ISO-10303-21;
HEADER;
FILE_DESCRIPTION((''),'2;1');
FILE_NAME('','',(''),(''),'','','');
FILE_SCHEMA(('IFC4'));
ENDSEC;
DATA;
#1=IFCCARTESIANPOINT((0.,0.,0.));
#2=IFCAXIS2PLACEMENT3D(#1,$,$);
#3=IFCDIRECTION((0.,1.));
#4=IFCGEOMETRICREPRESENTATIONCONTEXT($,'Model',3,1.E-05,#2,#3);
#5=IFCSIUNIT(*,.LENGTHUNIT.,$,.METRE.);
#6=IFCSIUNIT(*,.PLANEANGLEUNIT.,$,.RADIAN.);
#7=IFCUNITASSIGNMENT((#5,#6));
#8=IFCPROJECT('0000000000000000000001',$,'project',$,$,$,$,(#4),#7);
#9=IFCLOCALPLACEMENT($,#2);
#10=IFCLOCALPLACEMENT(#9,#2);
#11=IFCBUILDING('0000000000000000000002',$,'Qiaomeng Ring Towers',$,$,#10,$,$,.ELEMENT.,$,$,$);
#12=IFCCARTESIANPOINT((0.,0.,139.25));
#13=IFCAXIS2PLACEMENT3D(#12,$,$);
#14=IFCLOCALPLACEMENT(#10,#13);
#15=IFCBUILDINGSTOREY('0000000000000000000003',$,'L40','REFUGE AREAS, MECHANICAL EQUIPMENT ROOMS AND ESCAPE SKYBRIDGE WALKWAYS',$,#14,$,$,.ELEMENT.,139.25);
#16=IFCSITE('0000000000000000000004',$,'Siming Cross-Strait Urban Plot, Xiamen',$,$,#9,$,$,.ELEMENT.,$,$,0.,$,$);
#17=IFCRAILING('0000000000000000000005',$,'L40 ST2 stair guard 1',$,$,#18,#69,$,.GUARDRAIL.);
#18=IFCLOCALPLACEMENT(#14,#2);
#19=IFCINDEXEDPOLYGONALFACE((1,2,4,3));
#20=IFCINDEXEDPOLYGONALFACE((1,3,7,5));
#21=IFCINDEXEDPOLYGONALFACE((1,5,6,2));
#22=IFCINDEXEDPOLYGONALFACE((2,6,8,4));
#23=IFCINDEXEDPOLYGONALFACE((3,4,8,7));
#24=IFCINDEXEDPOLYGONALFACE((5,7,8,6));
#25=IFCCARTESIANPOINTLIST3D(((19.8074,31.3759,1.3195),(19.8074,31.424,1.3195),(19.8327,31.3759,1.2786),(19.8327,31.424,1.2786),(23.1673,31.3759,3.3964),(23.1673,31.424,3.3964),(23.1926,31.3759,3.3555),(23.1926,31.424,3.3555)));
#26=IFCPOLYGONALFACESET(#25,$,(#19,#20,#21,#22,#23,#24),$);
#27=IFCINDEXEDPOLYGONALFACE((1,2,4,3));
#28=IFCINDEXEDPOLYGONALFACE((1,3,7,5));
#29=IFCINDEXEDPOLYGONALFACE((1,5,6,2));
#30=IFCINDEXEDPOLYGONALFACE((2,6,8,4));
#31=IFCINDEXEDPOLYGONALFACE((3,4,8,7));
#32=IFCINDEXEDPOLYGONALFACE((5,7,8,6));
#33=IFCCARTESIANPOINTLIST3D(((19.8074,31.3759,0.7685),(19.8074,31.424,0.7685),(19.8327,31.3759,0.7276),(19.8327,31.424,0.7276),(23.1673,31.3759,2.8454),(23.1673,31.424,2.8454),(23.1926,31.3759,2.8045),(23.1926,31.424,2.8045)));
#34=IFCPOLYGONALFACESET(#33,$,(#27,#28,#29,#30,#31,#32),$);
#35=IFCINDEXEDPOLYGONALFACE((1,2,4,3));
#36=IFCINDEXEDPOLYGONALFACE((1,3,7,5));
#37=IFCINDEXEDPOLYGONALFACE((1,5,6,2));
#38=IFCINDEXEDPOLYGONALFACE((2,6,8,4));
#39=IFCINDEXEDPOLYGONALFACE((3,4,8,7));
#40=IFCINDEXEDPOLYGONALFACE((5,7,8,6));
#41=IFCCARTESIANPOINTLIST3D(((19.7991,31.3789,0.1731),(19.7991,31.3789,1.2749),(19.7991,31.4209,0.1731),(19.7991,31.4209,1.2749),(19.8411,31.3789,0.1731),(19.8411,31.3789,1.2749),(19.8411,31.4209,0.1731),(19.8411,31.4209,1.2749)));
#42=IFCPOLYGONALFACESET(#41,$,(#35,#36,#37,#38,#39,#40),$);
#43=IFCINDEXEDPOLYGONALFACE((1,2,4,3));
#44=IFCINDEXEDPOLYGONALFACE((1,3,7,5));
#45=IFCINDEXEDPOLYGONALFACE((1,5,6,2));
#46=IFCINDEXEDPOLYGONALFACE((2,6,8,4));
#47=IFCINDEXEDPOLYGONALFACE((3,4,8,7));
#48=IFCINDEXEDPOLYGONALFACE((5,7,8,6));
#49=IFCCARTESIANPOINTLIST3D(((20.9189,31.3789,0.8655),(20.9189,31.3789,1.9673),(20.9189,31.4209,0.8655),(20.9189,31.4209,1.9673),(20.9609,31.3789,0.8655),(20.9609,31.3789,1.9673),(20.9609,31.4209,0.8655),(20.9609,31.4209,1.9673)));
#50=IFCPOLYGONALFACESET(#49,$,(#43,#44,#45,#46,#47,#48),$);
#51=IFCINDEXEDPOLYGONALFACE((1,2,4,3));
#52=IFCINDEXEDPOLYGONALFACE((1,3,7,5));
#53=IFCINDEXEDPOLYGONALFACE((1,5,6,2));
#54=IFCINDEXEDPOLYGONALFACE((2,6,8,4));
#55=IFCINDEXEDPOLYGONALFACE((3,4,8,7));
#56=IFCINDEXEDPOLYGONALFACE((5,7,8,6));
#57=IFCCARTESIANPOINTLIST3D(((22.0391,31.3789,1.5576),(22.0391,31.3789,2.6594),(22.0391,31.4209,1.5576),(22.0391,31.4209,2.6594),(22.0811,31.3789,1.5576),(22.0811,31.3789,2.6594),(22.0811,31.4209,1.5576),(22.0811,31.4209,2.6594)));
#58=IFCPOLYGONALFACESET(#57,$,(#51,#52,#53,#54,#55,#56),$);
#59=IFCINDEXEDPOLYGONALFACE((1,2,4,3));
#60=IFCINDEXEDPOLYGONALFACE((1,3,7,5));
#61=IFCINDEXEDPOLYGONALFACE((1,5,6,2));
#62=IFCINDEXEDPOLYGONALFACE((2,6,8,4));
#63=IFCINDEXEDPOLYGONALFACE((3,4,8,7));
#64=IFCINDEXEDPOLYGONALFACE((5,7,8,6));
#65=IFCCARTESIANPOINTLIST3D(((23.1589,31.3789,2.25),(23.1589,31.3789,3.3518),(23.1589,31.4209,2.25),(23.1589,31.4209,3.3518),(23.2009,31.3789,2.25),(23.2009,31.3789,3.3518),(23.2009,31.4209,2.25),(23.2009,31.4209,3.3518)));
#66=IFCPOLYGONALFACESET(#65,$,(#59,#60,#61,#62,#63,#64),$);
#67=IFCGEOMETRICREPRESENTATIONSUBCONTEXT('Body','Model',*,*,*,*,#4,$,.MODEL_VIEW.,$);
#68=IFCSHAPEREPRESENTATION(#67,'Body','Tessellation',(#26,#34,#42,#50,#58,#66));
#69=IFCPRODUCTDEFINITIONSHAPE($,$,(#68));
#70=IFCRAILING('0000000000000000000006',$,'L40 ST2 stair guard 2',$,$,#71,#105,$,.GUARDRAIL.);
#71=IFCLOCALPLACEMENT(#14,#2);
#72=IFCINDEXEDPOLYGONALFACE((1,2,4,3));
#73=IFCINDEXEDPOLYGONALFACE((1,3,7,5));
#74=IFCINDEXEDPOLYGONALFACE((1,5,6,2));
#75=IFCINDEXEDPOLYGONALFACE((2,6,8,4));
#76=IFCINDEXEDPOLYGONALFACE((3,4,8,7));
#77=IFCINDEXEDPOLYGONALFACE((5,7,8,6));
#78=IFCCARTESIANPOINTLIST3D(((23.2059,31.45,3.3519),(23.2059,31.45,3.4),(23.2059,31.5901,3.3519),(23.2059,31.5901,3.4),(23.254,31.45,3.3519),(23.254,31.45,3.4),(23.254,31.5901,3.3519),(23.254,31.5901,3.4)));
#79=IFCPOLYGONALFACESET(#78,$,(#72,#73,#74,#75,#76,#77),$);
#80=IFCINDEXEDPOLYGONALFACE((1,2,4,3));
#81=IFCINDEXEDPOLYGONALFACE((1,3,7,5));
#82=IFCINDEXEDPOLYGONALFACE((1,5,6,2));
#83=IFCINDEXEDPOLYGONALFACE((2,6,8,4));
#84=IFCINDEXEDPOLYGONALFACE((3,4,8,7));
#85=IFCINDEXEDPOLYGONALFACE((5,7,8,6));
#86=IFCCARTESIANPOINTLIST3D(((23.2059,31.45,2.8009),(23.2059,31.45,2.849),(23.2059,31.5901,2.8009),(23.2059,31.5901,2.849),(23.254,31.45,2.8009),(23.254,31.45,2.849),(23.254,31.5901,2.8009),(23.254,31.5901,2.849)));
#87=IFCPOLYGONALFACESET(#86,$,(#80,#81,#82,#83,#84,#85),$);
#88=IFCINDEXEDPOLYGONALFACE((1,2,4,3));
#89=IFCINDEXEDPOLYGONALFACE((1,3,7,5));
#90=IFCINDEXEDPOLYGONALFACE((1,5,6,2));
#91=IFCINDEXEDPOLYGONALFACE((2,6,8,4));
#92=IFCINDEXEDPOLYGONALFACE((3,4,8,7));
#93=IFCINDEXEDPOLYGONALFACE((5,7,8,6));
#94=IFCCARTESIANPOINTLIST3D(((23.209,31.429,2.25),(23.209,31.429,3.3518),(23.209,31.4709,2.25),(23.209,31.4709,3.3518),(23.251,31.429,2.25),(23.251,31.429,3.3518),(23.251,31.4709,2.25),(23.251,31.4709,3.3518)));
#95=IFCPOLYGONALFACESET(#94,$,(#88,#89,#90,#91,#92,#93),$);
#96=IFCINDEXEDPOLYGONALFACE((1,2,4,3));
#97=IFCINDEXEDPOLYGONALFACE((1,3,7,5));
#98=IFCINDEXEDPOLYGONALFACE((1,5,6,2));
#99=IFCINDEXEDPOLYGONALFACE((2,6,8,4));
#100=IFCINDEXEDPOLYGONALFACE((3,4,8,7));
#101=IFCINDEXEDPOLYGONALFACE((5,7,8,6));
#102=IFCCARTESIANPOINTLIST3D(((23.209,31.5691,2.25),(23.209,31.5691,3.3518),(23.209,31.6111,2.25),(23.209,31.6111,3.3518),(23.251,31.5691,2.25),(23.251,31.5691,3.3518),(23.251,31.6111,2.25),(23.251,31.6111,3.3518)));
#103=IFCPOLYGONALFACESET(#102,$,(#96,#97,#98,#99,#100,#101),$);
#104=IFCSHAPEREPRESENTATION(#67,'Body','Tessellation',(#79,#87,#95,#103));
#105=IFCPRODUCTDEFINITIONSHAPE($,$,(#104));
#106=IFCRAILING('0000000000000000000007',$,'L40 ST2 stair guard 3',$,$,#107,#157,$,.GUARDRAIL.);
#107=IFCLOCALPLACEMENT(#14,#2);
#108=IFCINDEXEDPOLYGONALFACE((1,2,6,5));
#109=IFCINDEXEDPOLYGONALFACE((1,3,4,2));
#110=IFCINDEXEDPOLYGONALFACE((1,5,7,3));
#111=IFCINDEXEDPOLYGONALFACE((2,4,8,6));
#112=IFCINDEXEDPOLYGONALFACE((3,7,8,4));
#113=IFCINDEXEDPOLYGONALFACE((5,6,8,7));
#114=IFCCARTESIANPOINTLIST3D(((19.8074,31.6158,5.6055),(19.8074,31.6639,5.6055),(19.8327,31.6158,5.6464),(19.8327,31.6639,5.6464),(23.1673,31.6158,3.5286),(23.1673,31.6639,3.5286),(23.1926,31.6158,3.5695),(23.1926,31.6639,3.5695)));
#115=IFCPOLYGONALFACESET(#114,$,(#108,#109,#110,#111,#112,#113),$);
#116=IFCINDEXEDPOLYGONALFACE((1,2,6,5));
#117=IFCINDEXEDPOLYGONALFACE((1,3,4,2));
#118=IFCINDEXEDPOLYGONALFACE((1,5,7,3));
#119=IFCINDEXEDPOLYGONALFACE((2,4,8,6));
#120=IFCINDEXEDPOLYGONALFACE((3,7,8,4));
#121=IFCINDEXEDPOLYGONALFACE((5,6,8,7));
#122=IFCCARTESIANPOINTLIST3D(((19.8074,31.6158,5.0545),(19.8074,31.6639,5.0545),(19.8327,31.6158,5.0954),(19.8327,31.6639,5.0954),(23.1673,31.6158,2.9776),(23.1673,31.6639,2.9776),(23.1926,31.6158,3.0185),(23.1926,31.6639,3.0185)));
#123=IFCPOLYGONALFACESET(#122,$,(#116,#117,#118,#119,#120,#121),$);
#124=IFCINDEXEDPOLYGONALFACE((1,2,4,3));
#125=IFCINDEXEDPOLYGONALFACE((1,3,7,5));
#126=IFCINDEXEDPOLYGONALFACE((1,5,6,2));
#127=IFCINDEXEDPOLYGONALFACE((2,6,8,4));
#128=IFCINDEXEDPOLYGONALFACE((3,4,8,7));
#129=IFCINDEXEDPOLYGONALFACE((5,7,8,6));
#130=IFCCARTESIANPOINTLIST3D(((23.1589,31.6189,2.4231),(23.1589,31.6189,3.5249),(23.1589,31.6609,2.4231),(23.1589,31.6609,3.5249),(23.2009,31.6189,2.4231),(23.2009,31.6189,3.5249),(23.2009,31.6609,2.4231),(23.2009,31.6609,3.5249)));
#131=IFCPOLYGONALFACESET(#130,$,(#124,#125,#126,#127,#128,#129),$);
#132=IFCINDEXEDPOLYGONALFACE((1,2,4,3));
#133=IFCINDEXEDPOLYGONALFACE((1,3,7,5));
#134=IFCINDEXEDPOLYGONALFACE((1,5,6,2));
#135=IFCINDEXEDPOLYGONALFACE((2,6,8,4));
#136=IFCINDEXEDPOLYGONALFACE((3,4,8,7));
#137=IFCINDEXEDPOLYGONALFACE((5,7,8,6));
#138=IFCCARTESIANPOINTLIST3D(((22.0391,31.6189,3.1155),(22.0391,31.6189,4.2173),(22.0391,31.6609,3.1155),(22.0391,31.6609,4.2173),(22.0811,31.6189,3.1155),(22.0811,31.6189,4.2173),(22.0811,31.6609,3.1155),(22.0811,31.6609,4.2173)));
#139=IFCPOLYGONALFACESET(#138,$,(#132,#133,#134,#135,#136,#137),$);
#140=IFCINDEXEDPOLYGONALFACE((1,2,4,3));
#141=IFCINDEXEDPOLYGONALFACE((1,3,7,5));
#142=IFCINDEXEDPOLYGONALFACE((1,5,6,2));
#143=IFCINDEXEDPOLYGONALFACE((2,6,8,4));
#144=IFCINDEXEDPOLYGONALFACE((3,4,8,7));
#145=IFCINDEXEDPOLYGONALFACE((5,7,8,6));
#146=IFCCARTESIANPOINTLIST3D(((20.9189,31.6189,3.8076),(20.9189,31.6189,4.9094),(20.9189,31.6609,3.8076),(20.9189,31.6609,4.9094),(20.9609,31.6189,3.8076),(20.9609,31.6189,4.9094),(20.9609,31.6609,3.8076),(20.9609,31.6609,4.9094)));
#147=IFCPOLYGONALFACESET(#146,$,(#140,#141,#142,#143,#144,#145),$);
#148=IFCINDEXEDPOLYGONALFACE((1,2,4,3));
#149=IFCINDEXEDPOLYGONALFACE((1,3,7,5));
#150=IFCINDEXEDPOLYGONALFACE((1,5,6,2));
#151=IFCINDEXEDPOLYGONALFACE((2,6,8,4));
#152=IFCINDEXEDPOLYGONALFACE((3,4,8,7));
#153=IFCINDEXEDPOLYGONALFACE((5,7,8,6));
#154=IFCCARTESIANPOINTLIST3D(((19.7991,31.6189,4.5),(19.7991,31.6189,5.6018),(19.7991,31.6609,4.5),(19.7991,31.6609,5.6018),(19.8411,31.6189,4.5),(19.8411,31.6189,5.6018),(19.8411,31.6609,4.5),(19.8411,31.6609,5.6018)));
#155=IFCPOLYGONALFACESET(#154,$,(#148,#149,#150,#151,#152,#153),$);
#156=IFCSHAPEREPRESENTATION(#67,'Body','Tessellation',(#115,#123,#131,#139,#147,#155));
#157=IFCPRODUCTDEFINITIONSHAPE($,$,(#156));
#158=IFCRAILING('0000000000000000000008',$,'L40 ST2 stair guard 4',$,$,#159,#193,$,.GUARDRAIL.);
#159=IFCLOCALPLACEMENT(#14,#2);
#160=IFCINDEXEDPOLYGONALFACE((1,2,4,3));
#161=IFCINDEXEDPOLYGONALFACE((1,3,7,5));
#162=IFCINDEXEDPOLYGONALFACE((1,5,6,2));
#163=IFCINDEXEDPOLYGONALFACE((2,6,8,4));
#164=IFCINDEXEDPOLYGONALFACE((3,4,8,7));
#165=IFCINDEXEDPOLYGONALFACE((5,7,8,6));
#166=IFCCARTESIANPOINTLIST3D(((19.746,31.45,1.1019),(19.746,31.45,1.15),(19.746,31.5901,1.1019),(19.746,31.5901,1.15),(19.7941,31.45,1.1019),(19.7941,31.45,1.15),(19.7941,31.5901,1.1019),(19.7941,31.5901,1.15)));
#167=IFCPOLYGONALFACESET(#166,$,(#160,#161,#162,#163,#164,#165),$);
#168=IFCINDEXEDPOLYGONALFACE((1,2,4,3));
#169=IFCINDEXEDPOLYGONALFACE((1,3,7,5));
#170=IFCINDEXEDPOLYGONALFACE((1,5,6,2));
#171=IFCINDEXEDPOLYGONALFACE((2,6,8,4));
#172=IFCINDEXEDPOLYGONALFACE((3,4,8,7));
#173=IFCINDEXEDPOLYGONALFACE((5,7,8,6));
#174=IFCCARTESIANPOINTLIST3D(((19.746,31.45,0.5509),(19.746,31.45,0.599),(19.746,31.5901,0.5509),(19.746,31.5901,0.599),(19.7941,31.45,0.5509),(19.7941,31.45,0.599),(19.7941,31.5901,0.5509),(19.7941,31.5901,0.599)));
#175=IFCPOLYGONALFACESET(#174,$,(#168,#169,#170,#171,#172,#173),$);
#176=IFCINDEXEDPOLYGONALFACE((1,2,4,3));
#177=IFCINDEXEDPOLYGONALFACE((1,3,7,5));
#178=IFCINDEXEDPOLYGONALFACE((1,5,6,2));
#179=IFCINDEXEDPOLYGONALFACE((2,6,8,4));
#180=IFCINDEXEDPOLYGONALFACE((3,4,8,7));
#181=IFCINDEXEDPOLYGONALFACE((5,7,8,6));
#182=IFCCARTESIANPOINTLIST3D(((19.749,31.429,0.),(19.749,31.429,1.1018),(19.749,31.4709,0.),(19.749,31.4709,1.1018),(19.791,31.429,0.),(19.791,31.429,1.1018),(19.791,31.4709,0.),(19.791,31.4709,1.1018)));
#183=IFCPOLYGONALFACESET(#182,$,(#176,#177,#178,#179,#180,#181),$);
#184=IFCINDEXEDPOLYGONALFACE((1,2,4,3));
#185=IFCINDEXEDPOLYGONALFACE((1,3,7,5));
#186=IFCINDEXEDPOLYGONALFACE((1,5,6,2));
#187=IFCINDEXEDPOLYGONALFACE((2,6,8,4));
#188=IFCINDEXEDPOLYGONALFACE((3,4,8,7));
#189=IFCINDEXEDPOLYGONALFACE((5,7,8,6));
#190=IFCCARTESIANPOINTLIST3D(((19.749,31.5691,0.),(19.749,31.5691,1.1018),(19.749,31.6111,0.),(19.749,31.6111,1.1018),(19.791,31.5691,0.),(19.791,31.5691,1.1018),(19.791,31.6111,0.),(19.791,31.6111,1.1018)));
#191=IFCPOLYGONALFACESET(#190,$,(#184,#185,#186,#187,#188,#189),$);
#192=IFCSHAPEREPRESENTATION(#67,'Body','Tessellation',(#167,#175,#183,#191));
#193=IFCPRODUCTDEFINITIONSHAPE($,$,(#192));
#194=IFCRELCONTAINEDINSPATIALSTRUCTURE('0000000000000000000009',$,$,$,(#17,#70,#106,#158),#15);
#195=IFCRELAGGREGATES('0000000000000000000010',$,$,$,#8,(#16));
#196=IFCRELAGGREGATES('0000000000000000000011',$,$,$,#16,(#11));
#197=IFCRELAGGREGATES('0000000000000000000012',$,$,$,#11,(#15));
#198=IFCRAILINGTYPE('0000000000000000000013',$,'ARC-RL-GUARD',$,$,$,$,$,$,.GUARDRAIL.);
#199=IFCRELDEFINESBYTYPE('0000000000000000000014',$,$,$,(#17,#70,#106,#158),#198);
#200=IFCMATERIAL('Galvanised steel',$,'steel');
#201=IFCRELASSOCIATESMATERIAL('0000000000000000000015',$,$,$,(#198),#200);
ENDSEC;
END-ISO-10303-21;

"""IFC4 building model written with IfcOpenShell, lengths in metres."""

from ifc_helpers import new_model, si_unit, direction, frame, origin, origin_2d, place, context, subcontext, project, spatial, rectangle, extrude, material, type_object, element, save


model = new_model("IFC4")

# Units and contexts
model_context = context("Model", 3, precision=1e-05, world=origin(), true_north=direction((0.0, 1.0)))
body_context = subcontext(model_context, "Body", "Model", "MODEL_VIEW")
ifc_project = project(units=[si_unit("LENGTHUNIT", "METRE"), si_unit("PLANEANGLEUNIT", "RADIAN")], contexts=[model_context])

# Site, building, storey
site_placement = place(None, origin())
site = spatial("IfcSite", under=ifc_project, at=site_placement, Name="Siming Cross-Strait Urban Plot, Xiamen", CompositionType="ELEMENT", RefElevation=0.0)
building_placement = place(site_placement, origin())
building = spatial("IfcBuilding", under=site, at=building_placement, Name="Qiaomeng Ring Towers", CompositionType="ELEMENT")
storey_placement = place(building_placement, frame((0.0, 0.0, 139.25)))
storey = spatial("IfcBuildingStorey", under=building, at=storey_placement, Name="L40", Description="REFUGE AREAS, MECHANICAL EQUIPMENT ROOMS AND ESCAPE SKYBRIDGE WALKWAYS", CompositionType="ELEMENT", Elevation=139.25)

# Shared definitions
ifc_material_1 = material(Name="Galvanised steel", Category="steel")

# Railings
railing_type_1 = type_object("IfcRailingType", Name="ARC-RL-GUARD", PredefinedType="GUARDRAIL", material=ifc_material_1)
railing_1_placement = place(storey_placement, frame((19.8201, 31.3999, 0.1731)))
element("IfcRailing", 1, at=railing_1_placement, inside=storey, type_object=railing_type_1, Name="L40 ST2 stair guard 1", PredefinedType="GUARDRAIL", context=body_context, shape_type="SweptSolid", body=[
    extrude(rectangle(XDim=0.0481, YDim=0.0481, at=origin_2d()), frame((0.0, 0.0, 1.126), z_axis=(0.850606, 0.0, 0.525803), x_axis=(0.0, 1.0, 0.0)), (0.0, 0.0, 1.0), 3.95),
    extrude(rectangle(XDim=0.0481, YDim=0.0481, at=origin_2d()), frame((0.0, 0.0, 0.575), z_axis=(0.850606, 0.0, 0.525803), x_axis=(0.0, 1.0, 0.0)), (0.0, 0.0, 1.0), 3.95),
    extrude(rectangle(XDim=0.042, YDim=0.042, at=origin_2d()), origin(), (0.0, 0.0, 1.0), 1.1018),
    extrude(rectangle(XDim=0.042, YDim=0.042, at=origin_2d()), frame((1.1199, 0.0, 0.6924)), (0.0, 0.0, 1.0), 1.1018),
    extrude(rectangle(XDim=0.042, YDim=0.042, at=origin_2d()), frame((2.24, 0.0, 1.3845)), (0.0, 0.0, 1.0), 1.1018),
    extrude(rectangle(XDim=0.042, YDim=0.042, at=origin_2d()), frame((3.3599, 0.0, 2.0769)), (0.0, 0.0, 1.0), 1.1018),
])
railing_2_placement = place(storey_placement, frame((23.23, 31.45, 2.25)))
element("IfcRailing", 2, at=railing_2_placement, inside=storey, type_object=railing_type_1, Name="L40 ST2 stair guard 2", PredefinedType="GUARDRAIL", context=body_context, shape_type="SweptSolid", body=[
    extrude(rectangle(XDim=0.0481, YDim=0.0481, at=origin_2d()), frame((0.0, 0.0, 1.126), z_axis=(0.0, 1.0, 0.0), x_axis=(-1.0, 0.0, 0.0)), (0.0, 0.0, 1.0), 0.1401),
    extrude(rectangle(XDim=0.0481, YDim=0.0481, at=origin_2d()), frame((0.0, 0.0, 0.575), z_axis=(0.0, 1.0, 0.0), x_axis=(-1.0, 0.0, 0.0)), (0.0, 0.0, 1.0), 0.1401),
    extrude(rectangle(XDim=0.042, YDim=0.042, at=origin_2d()), origin(), (0.0, 0.0, 1.0), 1.1018),
    extrude(rectangle(XDim=0.042, YDim=0.042, at=origin_2d()), frame((0.0, 0.1401, 0.0)), (0.0, 0.0, 1.0), 1.1018),
])
railing_3_placement = place(storey_placement, frame((23.1799, 31.6399, 2.4231)))
element("IfcRailing", 3, at=railing_3_placement, inside=storey, type_object=railing_type_1, Name="L40 ST2 stair guard 3", PredefinedType="GUARDRAIL", context=body_context, shape_type="SweptSolid", body=[
    extrude(rectangle(XDim=0.0481, YDim=0.0481, at=origin_2d()), frame((0.0, 0.0, 1.126), z_axis=(-0.850606, 0.0, 0.525803), x_axis=(0.0, -1.0, 0.0)), (0.0, 0.0, 1.0), 3.95),
    extrude(rectangle(XDim=0.0481, YDim=0.0481, at=origin_2d()), frame((0.0, 0.0, 0.575), z_axis=(-0.850606, 0.0, 0.525803), x_axis=(0.0, -1.0, 0.0)), (0.0, 0.0, 1.0), 3.95),
    extrude(rectangle(XDim=0.042, YDim=0.042, at=origin_2d()), origin(), (0.0, 0.0, 1.0), 1.1018),
    extrude(rectangle(XDim=0.042, YDim=0.042, at=origin_2d()), frame((-1.1199, 0.0, 0.6924)), (0.0, 0.0, 1.0), 1.1018),
    extrude(rectangle(XDim=0.042, YDim=0.042, at=origin_2d()), frame((-2.24, 0.0, 1.3845)), (0.0, 0.0, 1.0), 1.1018),
    extrude(rectangle(XDim=0.042, YDim=0.042, at=origin_2d()), frame((-3.3599, 0.0, 2.0769)), (0.0, 0.0, 1.0), 1.1018),
])
railing_4_placement = place(storey_placement, frame((19.77, 31.45, 0.0)))
element("IfcRailing", 4, at=railing_4_placement, inside=storey, type_object=railing_type_1, Name="L40 ST2 stair guard 4", PredefinedType="GUARDRAIL", context=body_context, shape_type="SweptSolid", body=[
    extrude(rectangle(XDim=0.0481, YDim=0.0481, at=origin_2d()), frame((0.0, 0.0, 1.126), z_axis=(0.0, 1.0, 0.0), x_axis=(-1.0, 0.0, 0.0)), (0.0, 0.0, 1.0), 0.1401),
    extrude(rectangle(XDim=0.0481, YDim=0.0481, at=origin_2d()), frame((0.0, 0.0, 0.575), z_axis=(0.0, 1.0, 0.0), x_axis=(-1.0, 0.0, 0.0)), (0.0, 0.0, 1.0), 0.1401),
    extrude(rectangle(XDim=0.042, YDim=0.042, at=origin_2d()), origin(), (0.0, 0.0, 1.0), 1.1018),
    extrude(rectangle(XDim=0.042, YDim=0.042, at=origin_2d()), frame((0.0, 0.1401, 0.0)), (0.0, 0.0, 1.0), 1.1018),
])

save(model, "model.ifc")
